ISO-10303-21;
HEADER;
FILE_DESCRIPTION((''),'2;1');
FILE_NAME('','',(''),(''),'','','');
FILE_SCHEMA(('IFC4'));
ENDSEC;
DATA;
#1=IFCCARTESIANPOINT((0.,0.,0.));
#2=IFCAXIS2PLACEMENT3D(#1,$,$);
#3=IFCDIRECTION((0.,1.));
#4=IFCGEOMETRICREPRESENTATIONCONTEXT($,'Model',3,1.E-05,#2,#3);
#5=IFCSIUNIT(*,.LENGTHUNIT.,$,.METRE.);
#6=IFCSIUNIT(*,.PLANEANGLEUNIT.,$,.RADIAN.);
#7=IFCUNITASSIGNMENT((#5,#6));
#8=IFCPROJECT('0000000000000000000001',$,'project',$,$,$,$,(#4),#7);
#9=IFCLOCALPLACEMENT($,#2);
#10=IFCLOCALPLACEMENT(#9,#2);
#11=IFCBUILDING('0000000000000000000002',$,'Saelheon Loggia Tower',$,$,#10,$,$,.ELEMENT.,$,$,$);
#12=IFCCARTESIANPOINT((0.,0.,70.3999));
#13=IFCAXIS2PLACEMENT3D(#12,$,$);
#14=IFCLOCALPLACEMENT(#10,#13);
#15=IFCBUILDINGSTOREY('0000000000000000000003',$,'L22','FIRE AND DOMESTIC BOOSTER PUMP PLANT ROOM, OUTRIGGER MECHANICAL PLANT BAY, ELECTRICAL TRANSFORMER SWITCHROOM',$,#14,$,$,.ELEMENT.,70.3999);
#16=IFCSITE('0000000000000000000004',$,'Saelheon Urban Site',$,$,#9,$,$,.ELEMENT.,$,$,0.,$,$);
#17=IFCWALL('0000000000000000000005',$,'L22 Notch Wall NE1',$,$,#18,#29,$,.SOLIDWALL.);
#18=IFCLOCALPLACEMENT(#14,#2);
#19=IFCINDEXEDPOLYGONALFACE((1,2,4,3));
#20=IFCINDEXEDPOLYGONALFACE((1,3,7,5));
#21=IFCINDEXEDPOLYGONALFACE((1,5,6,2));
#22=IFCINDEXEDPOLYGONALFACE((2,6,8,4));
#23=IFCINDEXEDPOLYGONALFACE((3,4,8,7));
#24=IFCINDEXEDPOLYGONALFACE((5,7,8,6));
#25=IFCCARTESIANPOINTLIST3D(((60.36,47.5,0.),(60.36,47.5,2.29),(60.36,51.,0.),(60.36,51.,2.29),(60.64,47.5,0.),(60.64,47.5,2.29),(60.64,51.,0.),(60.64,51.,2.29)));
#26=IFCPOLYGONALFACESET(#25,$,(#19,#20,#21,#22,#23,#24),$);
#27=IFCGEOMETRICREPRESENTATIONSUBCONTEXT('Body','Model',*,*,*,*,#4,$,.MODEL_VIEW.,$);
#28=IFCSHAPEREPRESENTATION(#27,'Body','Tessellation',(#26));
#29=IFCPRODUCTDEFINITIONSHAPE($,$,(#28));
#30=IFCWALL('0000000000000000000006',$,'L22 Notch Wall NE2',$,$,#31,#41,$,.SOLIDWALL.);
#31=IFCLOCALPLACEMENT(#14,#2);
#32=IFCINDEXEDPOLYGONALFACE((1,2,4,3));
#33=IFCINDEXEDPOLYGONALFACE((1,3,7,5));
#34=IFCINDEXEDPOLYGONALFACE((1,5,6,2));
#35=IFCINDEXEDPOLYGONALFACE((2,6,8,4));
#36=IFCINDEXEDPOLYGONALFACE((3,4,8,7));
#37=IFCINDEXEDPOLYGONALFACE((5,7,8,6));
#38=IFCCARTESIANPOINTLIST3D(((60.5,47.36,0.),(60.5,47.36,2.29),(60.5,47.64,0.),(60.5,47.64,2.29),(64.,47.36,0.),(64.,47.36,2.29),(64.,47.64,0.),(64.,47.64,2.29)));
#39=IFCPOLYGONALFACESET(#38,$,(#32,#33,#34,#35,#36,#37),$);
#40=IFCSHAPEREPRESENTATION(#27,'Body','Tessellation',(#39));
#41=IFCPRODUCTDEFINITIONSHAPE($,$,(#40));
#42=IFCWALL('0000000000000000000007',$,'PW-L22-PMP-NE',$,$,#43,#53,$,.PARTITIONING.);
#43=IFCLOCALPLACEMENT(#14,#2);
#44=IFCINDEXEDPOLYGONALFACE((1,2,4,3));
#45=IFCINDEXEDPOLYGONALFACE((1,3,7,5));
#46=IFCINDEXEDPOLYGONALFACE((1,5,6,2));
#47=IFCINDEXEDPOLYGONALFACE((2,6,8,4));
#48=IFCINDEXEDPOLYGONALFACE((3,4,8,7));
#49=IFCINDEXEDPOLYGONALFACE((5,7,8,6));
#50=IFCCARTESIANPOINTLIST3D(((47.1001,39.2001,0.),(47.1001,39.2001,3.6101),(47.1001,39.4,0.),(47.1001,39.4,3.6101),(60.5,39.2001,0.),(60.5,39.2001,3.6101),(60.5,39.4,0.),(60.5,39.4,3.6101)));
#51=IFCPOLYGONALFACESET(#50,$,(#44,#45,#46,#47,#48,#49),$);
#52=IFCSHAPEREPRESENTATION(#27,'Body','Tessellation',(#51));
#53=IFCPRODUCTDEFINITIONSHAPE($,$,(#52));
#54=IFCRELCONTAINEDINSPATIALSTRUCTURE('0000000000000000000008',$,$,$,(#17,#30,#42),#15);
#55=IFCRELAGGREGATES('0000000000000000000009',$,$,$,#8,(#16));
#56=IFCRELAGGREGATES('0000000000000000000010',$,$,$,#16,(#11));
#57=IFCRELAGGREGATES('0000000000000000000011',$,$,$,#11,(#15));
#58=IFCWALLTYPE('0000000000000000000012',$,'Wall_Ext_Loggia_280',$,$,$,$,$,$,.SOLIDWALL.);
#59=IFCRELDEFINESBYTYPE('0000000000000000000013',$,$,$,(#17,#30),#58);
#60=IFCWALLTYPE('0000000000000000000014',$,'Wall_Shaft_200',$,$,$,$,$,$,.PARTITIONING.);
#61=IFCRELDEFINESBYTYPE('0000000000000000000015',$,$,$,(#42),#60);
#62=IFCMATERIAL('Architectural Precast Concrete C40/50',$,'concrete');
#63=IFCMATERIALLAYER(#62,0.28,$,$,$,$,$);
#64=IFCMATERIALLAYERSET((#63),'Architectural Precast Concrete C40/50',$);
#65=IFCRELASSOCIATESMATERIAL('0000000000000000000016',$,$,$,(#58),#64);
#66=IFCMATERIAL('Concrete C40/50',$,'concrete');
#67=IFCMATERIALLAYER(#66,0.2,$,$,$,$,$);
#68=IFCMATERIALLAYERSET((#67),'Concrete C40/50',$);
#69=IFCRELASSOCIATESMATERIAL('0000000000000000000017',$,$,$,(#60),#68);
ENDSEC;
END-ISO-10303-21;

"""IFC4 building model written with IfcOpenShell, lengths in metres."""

from ifc_helpers import new_model, si_unit, direction, frame, frame_2d, origin, place, context, subcontext, project, spatial, rectangle, extrude, material, layer, layer_set, type_object, element, save


model = new_model("IFC4")

# Units and contexts
model_context = context("Model", 3, precision=1e-05, world=origin(), true_north=direction((0.0, 1.0)))
body_context = subcontext(model_context, "Body", "Model", "MODEL_VIEW")
ifc_project = project(units=[si_unit("LENGTHUNIT", "METRE"), si_unit("PLANEANGLEUNIT", "RADIAN")], contexts=[model_context])

# Site, building, storey
site_placement = place(None, origin())
site = spatial("IfcSite", under=ifc_project, at=site_placement, Name="Saelheon Urban Site", CompositionType="ELEMENT", RefElevation=0.0)
building_placement = place(site_placement, origin())
building = spatial("IfcBuilding", under=site, at=building_placement, Name="Saelheon Loggia Tower", CompositionType="ELEMENT")
storey_placement = place(building_placement, frame((0.0, 0.0, 70.3999)))
storey = spatial("IfcBuildingStorey", under=building, at=storey_placement, Name="L22", Description="FIRE AND DOMESTIC BOOSTER PUMP PLANT ROOM, OUTRIGGER MECHANICAL PLANT BAY, ELECTRICAL TRANSFORMER SWITCHROOM", CompositionType="ELEMENT", Elevation=70.3999)

# Walls
ifc_material_1 = material(Name="Architectural Precast Concrete C40/50", Category="concrete")
ifc_layer_1 = layer(ifc_material_1, 0.28)
ifc_layer_set_1 = layer_set([ifc_layer_1], Name="Architectural Precast Concrete C40/50")
wall_type_1 = type_object("IfcWallType", Name="Wall_Ext_Loggia_280", PredefinedType="SOLIDWALL", material=ifc_layer_set_1)
for number, where, z_axis, x_axis, name in (
    (1, (60.5, 47.5, 0.0), (0.0, 0.0, 1.0), (0.0, 1.0, 0.0), "L22 Notch Wall NE1"),
    (2, (60.5, 47.5, 0.0), (0.0, 0.0, 1.0), (1.0, 0.0, 0.0), "L22 Notch Wall NE2"),
):
    element("IfcWall", number, at=place(storey_placement, frame(where, z_axis=z_axis, x_axis=x_axis)), inside=storey, type_object=wall_type_1, Name=name, PredefinedType="SOLIDWALL", context=body_context, shape_type="SweptSolid", body=[
        extrude(rectangle(XDim=3.5, YDim=0.28, at=frame_2d((1.75, 0.0))), origin(), (0.0, 0.0, 1.0), 2.29),
    ])
ifc_material_2 = material(Name="Concrete C40/50", Category="concrete")
ifc_layer_2 = layer(ifc_material_2, 0.2)
ifc_layer_set_2 = layer_set([ifc_layer_2], Name="Concrete C40/50")
wall_type_2 = type_object("IfcWallType", Name="Wall_Shaft_200", PredefinedType="PARTITIONING", material=ifc_layer_set_2)
wall_placement = place(storey_placement, frame((47.1001, 39.3, 0.0), z_axis=(0.0, 0.0, 1.0), x_axis=(1.0, 0.0, 0.0)))
element("IfcWall", 3, at=wall_placement, inside=storey, type_object=wall_type_2, Name="PW-L22-PMP-NE", PredefinedType="PARTITIONING", context=body_context, shape_type="SweptSolid", body=[
    extrude(rectangle(XDim=13.3999, YDim=0.2, at=frame_2d((6.7, 0.0))), origin(), (0.0, 0.0, 1.0), 3.6101),
])

save(model, "model.ifc")
